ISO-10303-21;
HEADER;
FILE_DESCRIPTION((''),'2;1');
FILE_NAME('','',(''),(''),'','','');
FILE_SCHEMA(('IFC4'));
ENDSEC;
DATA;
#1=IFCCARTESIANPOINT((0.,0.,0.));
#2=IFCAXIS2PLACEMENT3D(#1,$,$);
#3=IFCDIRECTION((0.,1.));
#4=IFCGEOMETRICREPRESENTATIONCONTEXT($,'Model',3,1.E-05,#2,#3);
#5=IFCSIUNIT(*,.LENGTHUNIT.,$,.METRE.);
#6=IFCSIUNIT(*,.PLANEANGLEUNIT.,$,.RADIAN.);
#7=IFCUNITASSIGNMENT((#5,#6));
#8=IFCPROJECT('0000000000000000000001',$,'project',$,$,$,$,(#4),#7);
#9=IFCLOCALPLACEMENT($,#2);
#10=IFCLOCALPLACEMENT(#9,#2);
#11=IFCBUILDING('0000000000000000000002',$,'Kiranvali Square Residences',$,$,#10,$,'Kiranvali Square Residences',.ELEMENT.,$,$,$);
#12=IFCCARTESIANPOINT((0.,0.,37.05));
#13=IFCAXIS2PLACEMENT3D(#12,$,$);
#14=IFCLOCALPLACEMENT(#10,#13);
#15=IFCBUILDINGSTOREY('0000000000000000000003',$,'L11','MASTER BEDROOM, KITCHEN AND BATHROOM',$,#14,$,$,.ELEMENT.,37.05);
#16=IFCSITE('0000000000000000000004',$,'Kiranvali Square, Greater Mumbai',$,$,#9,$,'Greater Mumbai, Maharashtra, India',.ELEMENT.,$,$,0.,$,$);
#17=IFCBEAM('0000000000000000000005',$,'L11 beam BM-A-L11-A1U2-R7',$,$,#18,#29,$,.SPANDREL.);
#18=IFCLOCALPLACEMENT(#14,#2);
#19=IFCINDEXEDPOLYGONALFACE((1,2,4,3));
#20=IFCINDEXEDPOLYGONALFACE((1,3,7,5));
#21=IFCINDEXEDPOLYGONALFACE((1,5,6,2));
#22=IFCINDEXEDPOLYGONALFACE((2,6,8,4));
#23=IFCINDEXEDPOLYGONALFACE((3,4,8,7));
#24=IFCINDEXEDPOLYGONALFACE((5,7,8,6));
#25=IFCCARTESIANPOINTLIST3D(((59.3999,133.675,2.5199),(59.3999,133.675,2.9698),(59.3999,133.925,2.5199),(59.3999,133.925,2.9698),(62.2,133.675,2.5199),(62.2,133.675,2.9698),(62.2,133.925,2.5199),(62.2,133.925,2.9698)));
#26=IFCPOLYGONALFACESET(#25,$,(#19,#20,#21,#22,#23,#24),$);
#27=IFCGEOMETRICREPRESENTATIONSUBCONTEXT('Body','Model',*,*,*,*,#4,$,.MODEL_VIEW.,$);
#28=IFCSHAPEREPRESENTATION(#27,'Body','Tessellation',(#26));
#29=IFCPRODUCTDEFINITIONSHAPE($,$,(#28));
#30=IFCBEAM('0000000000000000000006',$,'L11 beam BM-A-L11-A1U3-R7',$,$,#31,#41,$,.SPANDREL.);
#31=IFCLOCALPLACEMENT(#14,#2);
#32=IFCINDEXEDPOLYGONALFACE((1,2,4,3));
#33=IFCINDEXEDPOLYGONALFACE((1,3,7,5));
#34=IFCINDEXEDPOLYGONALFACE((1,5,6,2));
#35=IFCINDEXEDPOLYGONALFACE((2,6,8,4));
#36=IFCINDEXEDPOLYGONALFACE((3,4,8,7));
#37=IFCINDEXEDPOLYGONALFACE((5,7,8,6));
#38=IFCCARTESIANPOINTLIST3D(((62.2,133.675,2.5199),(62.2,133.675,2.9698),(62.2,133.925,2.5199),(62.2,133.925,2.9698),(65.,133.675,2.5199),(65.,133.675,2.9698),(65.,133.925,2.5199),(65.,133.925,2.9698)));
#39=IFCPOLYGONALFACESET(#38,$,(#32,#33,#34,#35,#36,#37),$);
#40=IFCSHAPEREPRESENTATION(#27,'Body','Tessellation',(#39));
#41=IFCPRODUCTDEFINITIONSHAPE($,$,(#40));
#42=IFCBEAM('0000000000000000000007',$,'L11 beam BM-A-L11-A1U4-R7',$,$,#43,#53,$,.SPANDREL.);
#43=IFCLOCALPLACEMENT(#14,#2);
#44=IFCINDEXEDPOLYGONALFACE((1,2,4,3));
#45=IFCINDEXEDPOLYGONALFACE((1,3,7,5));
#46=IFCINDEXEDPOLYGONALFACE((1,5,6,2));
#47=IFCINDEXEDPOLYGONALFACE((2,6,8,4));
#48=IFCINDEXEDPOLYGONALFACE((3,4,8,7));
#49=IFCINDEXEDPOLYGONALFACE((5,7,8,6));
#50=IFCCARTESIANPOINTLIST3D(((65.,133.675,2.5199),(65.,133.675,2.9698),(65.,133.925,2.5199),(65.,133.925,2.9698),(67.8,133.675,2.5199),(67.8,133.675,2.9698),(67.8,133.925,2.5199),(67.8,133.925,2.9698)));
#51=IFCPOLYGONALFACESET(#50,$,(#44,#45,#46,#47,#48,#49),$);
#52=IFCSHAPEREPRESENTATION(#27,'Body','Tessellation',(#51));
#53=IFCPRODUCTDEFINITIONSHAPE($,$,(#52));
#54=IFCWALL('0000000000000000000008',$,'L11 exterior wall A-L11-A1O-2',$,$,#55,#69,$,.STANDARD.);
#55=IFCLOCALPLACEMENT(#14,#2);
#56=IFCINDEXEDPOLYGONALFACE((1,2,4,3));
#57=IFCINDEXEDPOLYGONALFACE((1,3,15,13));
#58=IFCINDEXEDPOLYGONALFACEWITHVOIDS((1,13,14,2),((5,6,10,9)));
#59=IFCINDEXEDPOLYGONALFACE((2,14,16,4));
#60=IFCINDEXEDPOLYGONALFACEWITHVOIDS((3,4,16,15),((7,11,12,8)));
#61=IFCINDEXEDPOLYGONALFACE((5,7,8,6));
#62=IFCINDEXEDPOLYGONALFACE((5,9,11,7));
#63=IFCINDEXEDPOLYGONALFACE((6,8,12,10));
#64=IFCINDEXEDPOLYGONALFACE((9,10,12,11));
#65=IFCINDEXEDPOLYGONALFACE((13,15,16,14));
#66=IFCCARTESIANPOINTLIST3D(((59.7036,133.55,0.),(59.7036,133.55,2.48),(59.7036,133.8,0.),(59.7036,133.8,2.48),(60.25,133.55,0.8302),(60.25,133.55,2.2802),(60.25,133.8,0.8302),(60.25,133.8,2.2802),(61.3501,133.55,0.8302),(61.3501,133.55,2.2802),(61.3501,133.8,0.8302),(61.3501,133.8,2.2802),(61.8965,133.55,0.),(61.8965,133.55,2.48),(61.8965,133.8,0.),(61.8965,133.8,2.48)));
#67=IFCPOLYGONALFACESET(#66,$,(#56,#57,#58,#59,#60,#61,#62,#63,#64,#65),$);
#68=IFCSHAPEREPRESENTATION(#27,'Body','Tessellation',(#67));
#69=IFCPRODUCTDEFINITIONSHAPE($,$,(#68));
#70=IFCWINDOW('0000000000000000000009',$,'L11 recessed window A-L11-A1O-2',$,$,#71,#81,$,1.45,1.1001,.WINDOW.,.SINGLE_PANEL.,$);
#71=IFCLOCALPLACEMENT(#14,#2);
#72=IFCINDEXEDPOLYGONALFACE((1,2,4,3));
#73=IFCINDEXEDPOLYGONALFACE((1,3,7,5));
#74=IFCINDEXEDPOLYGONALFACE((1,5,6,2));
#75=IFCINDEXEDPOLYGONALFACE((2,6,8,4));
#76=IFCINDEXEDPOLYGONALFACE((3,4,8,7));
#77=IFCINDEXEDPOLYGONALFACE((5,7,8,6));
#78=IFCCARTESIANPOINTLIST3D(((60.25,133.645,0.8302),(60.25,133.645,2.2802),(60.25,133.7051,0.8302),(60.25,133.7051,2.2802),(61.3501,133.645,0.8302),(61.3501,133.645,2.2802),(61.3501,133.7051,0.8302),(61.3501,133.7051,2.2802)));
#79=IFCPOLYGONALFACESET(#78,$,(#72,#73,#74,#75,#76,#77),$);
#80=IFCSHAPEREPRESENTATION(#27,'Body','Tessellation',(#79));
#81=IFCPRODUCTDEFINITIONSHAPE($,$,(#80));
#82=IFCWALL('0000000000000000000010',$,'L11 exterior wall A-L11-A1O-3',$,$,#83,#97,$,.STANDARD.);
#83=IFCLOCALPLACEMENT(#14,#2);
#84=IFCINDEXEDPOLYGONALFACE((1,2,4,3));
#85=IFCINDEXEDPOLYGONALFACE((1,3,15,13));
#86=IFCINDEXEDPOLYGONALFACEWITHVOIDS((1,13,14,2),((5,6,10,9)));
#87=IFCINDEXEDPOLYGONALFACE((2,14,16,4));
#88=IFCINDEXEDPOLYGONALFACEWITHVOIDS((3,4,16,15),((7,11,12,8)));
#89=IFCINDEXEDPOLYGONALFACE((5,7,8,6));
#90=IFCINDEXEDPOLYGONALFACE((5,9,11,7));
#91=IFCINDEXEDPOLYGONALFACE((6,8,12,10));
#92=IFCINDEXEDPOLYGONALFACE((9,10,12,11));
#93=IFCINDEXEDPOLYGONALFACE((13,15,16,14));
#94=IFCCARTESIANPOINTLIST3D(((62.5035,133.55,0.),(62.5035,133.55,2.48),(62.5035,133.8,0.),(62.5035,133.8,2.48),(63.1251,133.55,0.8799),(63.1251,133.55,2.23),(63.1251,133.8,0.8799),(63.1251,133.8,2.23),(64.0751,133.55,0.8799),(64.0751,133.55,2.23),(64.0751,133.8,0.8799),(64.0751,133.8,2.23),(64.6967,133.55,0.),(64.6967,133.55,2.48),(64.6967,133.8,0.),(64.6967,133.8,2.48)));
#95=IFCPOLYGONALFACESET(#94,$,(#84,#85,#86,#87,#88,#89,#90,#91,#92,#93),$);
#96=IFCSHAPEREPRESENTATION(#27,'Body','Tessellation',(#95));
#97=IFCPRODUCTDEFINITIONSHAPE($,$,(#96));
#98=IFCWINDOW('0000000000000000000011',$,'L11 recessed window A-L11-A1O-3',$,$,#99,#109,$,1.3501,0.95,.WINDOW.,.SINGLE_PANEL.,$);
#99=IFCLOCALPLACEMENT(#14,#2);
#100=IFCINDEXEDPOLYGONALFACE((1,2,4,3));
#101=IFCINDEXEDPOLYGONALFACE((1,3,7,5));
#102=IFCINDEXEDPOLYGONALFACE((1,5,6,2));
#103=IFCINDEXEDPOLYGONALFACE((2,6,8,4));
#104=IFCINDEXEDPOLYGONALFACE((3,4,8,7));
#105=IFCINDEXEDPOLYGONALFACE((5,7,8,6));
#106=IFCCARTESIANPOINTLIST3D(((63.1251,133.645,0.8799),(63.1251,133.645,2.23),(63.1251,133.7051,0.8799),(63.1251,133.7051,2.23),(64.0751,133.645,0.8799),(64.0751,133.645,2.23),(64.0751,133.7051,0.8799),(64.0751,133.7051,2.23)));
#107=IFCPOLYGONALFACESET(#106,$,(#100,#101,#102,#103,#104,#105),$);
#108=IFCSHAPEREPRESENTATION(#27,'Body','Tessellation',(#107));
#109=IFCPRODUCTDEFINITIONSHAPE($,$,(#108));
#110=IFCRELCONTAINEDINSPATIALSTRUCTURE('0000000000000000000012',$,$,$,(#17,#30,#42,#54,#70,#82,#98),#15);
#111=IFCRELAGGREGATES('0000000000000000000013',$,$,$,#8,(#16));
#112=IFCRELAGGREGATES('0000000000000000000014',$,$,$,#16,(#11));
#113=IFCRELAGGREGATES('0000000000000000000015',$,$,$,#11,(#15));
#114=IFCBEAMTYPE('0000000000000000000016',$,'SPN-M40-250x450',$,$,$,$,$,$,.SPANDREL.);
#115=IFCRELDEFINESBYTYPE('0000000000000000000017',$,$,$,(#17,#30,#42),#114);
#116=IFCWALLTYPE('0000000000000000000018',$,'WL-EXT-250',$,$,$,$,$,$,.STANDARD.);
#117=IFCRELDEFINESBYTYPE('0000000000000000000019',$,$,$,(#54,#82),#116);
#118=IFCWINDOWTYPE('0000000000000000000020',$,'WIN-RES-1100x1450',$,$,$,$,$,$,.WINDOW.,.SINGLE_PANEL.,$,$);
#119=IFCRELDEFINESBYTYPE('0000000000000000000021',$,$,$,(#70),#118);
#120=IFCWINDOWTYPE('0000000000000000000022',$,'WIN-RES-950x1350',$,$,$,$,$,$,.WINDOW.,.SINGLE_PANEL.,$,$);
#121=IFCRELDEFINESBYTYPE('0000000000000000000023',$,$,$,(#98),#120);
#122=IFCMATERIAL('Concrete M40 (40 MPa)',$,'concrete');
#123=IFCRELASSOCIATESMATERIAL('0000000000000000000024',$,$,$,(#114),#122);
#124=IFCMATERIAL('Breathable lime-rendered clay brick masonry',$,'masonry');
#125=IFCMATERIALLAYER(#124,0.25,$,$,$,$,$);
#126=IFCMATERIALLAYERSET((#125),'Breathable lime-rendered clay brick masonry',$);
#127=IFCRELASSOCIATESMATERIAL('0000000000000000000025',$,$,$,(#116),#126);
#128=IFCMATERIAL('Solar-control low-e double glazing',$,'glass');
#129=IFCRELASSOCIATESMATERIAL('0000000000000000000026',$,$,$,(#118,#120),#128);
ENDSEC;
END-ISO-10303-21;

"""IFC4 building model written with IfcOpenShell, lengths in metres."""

from ifc_helpers import new_model, si_unit, direction, frame, frame_2d, origin, origin_2d, place, context, subcontext, project, spatial, rectangle, extrude, material, layer, layer_set, material_profile, profile_set, type_object, element, fill, save


model = new_model("IFC4")

# Units and contexts
model_context = context("Model", 3, precision=1e-05, world=origin(), true_north=direction((0.0, 1.0)))
body_context = subcontext(model_context, "Body", "Model", "MODEL_VIEW")
ifc_project = project(units=[si_unit("LENGTHUNIT", "METRE"), si_unit("PLANEANGLEUNIT", "RADIAN")], contexts=[model_context])

# Site, building, storey
site_placement = place(None, origin())
site = spatial("IfcSite", under=ifc_project, at=site_placement, Name="Kiranvali Square, Greater Mumbai", LongName="Greater Mumbai, Maharashtra, India", CompositionType="ELEMENT", RefElevation=0.0)
building_placement = place(site_placement, origin())
building = spatial("IfcBuilding", under=site, at=building_placement, Name="Kiranvali Square Residences", LongName="Kiranvali Square Residences", CompositionType="ELEMENT")
storey_placement = place(building_placement, frame((0.0, 0.0, 37.05)))
storey = spatial("IfcBuildingStorey", under=building, at=storey_placement, Name="L11", Description="MASTER BEDROOM, KITCHEN AND BATHROOM", CompositionType="ELEMENT", Elevation=37.05)

# Shared definitions
ifc_material_1 = material(Name="Concrete M40 (40 MPa)", Category="concrete")

# Beams
ifc_material_profile_1 = material_profile(ifc_material_1, rectangle(XDim=0.25, YDim=0.45, at=origin_2d()), Name="RC 250x450")
ifc_profile_set_1 = profile_set([ifc_material_profile_1], Name="Concrete M40 (40 MPa)")
beam_type_1 = type_object("IfcBeamType", Name="SPN-M40-250x450", PredefinedType="SPANDREL", material=ifc_profile_set_1)
for number, where, z_axis, x_axis, name in (
    (1, (59.3999, 133.8, 2.7449), (1.0, 0.0, 0.0), (0.0, 1.0, 0.0), "L11 beam BM-A-L11-A1U2-R7"),
    (2, (62.2, 133.8, 2.7449), (1.0, 0.0, 0.0), (0.0, 1.0, 0.0), "L11 beam BM-A-L11-A1U3-R7"),
    (3, (65.0, 133.8, 2.7449), (1.0, 0.0, 0.0), (0.0, 1.0, 0.0), "L11 beam BM-A-L11-A1U4-R7"),
):
    element("IfcBeam", number, at=place(storey_placement, frame(where, z_axis=z_axis, x_axis=x_axis)), inside=storey, type_object=beam_type_1, Name=name, PredefinedType="SPANDREL", context=body_context, shape_type="SweptSolid", body=[
        extrude(rectangle(XDim=0.25, YDim=0.45, at=origin_2d()), origin(), (0.0, 0.0, 1.0), 2.8),
    ])

# Walls, openings, windows
ifc_material_2 = material(Name="Breathable lime-rendered clay brick masonry", Category="masonry")
ifc_layer = layer(ifc_material_2, 0.25)
ifc_layer_set = layer_set([ifc_layer], Name="Breathable lime-rendered clay brick masonry")
wall_type = type_object("IfcWallType", Name="WL-EXT-250", PredefinedType="STANDARD", material=ifc_layer_set)
wall_1_placement = place(storey_placement, frame((59.7036, 133.675, 0.0), z_axis=(0.0, 0.0, 1.0), x_axis=(1.0, 0.0, 0.0)))
wall_1 = element("IfcWall", 4, at=wall_1_placement, inside=storey, type_object=wall_type, Name="L11 exterior wall A-L11-A1O-2", PredefinedType="STANDARD", context=body_context, shape_type="SweptSolid", body=[
    extrude(rectangle(XDim=2.1929, YDim=0.25, at=frame_2d((1.0964, 0.0))), origin(), (0.0, 0.0, 1.0), 2.48),
])
opening_1_placement = place(wall_1_placement, frame((0.5464, 0.0, 0.8301)))
opening_1 = element("IfcOpeningElement", 5, at=opening_1_placement, cuts=wall_1, PredefinedType="OPENING", context=body_context, shape_type="SweptSolid", body=[
    extrude(rectangle(XDim=1.1001, YDim=1.45, at=frame_2d((0.55, 0.7251))), frame((0.0, 0.135, 0.0), z_axis=(0.0, -1.0, 0.0), x_axis=(1.0, 0.0, 0.0)), (0.0, 0.0, 1.0), 0.27),
])
ifc_material_3 = material(Name="Solar-control low-e double glazing", Category="glass")
window_type_1 = type_object("IfcWindowType", Name="WIN-RES-1100x1450", PartitioningType="SINGLE_PANEL", PredefinedType="WINDOW", material=ifc_material_3)
window_1_placement = place(opening_1_placement, origin())
window_1 = element("IfcWindow", 6, at=window_1_placement, inside=storey, type_object=window_type_1, Name="L11 recessed window A-L11-A1O-2", OverallHeight=1.45, OverallWidth=1.1001, PartitioningType="SINGLE_PANEL", PredefinedType="WINDOW", context=body_context, shape_type="SweptSolid", body=[
    extrude(rectangle(XDim=1.1001, YDim=1.45, at=frame_2d((0.55, 0.7251))), frame((0.0, 0.03, 0.0), z_axis=(0.0, -1.0, 0.0), x_axis=(1.0, 0.0, 0.0)), (0.0, 0.0, 1.0), 0.0601),
])
fill(opening_1, window_1)
wall_2_placement = place(storey_placement, frame((62.5034, 133.675, 0.0), z_axis=(0.0, 0.0, 1.0), x_axis=(1.0, 0.0, 0.0)))
wall_2 = element("IfcWall", 7, at=wall_2_placement, inside=storey, type_object=wall_type, Name="L11 exterior wall A-L11-A1O-3", PredefinedType="STANDARD", context=body_context, shape_type="SweptSolid", body=[
    extrude(rectangle(XDim=2.1931, YDim=0.25, at=frame_2d((1.0967, 0.0))), origin(), (0.0, 0.0, 1.0), 2.48),
])
opening_2_placement = place(wall_2_placement, frame((0.6216, 0.0, 0.8799)))
opening_2 = element("IfcOpeningElement", 8, at=opening_2_placement, cuts=wall_2, PredefinedType="OPENING", context=body_context, shape_type="SweptSolid", body=[
    extrude(rectangle(XDim=0.95, YDim=1.3501, at=frame_2d((0.4751, 0.675))), frame((0.0, 0.135, 0.0), z_axis=(0.0, -1.0, 0.0), x_axis=(1.0, 0.0, 0.0)), (0.0, 0.0, 1.0), 0.27),
])
window_type_2 = type_object("IfcWindowType", Name="WIN-RES-950x1350", PartitioningType="SINGLE_PANEL", PredefinedType="WINDOW", material=ifc_material_3)
window_2_placement = place(opening_2_placement, origin())
window_2 = element("IfcWindow", 9, at=window_2_placement, inside=storey, type_object=window_type_2, Name="L11 recessed window A-L11-A1O-3", OverallHeight=1.3501, OverallWidth=0.95, PartitioningType="SINGLE_PANEL", PredefinedType="WINDOW", context=body_context, shape_type="SweptSolid", body=[
    extrude(rectangle(XDim=0.95, YDim=1.3501, at=frame_2d((0.4751, 0.675))), frame((0.0, 0.03, 0.0), z_axis=(0.0, -1.0, 0.0), x_axis=(1.0, 0.0, 0.0)), (0.0, 0.0, 1.0), 0.0601),
])
fill(opening_2, window_2)

save(model, "model.ifc")
